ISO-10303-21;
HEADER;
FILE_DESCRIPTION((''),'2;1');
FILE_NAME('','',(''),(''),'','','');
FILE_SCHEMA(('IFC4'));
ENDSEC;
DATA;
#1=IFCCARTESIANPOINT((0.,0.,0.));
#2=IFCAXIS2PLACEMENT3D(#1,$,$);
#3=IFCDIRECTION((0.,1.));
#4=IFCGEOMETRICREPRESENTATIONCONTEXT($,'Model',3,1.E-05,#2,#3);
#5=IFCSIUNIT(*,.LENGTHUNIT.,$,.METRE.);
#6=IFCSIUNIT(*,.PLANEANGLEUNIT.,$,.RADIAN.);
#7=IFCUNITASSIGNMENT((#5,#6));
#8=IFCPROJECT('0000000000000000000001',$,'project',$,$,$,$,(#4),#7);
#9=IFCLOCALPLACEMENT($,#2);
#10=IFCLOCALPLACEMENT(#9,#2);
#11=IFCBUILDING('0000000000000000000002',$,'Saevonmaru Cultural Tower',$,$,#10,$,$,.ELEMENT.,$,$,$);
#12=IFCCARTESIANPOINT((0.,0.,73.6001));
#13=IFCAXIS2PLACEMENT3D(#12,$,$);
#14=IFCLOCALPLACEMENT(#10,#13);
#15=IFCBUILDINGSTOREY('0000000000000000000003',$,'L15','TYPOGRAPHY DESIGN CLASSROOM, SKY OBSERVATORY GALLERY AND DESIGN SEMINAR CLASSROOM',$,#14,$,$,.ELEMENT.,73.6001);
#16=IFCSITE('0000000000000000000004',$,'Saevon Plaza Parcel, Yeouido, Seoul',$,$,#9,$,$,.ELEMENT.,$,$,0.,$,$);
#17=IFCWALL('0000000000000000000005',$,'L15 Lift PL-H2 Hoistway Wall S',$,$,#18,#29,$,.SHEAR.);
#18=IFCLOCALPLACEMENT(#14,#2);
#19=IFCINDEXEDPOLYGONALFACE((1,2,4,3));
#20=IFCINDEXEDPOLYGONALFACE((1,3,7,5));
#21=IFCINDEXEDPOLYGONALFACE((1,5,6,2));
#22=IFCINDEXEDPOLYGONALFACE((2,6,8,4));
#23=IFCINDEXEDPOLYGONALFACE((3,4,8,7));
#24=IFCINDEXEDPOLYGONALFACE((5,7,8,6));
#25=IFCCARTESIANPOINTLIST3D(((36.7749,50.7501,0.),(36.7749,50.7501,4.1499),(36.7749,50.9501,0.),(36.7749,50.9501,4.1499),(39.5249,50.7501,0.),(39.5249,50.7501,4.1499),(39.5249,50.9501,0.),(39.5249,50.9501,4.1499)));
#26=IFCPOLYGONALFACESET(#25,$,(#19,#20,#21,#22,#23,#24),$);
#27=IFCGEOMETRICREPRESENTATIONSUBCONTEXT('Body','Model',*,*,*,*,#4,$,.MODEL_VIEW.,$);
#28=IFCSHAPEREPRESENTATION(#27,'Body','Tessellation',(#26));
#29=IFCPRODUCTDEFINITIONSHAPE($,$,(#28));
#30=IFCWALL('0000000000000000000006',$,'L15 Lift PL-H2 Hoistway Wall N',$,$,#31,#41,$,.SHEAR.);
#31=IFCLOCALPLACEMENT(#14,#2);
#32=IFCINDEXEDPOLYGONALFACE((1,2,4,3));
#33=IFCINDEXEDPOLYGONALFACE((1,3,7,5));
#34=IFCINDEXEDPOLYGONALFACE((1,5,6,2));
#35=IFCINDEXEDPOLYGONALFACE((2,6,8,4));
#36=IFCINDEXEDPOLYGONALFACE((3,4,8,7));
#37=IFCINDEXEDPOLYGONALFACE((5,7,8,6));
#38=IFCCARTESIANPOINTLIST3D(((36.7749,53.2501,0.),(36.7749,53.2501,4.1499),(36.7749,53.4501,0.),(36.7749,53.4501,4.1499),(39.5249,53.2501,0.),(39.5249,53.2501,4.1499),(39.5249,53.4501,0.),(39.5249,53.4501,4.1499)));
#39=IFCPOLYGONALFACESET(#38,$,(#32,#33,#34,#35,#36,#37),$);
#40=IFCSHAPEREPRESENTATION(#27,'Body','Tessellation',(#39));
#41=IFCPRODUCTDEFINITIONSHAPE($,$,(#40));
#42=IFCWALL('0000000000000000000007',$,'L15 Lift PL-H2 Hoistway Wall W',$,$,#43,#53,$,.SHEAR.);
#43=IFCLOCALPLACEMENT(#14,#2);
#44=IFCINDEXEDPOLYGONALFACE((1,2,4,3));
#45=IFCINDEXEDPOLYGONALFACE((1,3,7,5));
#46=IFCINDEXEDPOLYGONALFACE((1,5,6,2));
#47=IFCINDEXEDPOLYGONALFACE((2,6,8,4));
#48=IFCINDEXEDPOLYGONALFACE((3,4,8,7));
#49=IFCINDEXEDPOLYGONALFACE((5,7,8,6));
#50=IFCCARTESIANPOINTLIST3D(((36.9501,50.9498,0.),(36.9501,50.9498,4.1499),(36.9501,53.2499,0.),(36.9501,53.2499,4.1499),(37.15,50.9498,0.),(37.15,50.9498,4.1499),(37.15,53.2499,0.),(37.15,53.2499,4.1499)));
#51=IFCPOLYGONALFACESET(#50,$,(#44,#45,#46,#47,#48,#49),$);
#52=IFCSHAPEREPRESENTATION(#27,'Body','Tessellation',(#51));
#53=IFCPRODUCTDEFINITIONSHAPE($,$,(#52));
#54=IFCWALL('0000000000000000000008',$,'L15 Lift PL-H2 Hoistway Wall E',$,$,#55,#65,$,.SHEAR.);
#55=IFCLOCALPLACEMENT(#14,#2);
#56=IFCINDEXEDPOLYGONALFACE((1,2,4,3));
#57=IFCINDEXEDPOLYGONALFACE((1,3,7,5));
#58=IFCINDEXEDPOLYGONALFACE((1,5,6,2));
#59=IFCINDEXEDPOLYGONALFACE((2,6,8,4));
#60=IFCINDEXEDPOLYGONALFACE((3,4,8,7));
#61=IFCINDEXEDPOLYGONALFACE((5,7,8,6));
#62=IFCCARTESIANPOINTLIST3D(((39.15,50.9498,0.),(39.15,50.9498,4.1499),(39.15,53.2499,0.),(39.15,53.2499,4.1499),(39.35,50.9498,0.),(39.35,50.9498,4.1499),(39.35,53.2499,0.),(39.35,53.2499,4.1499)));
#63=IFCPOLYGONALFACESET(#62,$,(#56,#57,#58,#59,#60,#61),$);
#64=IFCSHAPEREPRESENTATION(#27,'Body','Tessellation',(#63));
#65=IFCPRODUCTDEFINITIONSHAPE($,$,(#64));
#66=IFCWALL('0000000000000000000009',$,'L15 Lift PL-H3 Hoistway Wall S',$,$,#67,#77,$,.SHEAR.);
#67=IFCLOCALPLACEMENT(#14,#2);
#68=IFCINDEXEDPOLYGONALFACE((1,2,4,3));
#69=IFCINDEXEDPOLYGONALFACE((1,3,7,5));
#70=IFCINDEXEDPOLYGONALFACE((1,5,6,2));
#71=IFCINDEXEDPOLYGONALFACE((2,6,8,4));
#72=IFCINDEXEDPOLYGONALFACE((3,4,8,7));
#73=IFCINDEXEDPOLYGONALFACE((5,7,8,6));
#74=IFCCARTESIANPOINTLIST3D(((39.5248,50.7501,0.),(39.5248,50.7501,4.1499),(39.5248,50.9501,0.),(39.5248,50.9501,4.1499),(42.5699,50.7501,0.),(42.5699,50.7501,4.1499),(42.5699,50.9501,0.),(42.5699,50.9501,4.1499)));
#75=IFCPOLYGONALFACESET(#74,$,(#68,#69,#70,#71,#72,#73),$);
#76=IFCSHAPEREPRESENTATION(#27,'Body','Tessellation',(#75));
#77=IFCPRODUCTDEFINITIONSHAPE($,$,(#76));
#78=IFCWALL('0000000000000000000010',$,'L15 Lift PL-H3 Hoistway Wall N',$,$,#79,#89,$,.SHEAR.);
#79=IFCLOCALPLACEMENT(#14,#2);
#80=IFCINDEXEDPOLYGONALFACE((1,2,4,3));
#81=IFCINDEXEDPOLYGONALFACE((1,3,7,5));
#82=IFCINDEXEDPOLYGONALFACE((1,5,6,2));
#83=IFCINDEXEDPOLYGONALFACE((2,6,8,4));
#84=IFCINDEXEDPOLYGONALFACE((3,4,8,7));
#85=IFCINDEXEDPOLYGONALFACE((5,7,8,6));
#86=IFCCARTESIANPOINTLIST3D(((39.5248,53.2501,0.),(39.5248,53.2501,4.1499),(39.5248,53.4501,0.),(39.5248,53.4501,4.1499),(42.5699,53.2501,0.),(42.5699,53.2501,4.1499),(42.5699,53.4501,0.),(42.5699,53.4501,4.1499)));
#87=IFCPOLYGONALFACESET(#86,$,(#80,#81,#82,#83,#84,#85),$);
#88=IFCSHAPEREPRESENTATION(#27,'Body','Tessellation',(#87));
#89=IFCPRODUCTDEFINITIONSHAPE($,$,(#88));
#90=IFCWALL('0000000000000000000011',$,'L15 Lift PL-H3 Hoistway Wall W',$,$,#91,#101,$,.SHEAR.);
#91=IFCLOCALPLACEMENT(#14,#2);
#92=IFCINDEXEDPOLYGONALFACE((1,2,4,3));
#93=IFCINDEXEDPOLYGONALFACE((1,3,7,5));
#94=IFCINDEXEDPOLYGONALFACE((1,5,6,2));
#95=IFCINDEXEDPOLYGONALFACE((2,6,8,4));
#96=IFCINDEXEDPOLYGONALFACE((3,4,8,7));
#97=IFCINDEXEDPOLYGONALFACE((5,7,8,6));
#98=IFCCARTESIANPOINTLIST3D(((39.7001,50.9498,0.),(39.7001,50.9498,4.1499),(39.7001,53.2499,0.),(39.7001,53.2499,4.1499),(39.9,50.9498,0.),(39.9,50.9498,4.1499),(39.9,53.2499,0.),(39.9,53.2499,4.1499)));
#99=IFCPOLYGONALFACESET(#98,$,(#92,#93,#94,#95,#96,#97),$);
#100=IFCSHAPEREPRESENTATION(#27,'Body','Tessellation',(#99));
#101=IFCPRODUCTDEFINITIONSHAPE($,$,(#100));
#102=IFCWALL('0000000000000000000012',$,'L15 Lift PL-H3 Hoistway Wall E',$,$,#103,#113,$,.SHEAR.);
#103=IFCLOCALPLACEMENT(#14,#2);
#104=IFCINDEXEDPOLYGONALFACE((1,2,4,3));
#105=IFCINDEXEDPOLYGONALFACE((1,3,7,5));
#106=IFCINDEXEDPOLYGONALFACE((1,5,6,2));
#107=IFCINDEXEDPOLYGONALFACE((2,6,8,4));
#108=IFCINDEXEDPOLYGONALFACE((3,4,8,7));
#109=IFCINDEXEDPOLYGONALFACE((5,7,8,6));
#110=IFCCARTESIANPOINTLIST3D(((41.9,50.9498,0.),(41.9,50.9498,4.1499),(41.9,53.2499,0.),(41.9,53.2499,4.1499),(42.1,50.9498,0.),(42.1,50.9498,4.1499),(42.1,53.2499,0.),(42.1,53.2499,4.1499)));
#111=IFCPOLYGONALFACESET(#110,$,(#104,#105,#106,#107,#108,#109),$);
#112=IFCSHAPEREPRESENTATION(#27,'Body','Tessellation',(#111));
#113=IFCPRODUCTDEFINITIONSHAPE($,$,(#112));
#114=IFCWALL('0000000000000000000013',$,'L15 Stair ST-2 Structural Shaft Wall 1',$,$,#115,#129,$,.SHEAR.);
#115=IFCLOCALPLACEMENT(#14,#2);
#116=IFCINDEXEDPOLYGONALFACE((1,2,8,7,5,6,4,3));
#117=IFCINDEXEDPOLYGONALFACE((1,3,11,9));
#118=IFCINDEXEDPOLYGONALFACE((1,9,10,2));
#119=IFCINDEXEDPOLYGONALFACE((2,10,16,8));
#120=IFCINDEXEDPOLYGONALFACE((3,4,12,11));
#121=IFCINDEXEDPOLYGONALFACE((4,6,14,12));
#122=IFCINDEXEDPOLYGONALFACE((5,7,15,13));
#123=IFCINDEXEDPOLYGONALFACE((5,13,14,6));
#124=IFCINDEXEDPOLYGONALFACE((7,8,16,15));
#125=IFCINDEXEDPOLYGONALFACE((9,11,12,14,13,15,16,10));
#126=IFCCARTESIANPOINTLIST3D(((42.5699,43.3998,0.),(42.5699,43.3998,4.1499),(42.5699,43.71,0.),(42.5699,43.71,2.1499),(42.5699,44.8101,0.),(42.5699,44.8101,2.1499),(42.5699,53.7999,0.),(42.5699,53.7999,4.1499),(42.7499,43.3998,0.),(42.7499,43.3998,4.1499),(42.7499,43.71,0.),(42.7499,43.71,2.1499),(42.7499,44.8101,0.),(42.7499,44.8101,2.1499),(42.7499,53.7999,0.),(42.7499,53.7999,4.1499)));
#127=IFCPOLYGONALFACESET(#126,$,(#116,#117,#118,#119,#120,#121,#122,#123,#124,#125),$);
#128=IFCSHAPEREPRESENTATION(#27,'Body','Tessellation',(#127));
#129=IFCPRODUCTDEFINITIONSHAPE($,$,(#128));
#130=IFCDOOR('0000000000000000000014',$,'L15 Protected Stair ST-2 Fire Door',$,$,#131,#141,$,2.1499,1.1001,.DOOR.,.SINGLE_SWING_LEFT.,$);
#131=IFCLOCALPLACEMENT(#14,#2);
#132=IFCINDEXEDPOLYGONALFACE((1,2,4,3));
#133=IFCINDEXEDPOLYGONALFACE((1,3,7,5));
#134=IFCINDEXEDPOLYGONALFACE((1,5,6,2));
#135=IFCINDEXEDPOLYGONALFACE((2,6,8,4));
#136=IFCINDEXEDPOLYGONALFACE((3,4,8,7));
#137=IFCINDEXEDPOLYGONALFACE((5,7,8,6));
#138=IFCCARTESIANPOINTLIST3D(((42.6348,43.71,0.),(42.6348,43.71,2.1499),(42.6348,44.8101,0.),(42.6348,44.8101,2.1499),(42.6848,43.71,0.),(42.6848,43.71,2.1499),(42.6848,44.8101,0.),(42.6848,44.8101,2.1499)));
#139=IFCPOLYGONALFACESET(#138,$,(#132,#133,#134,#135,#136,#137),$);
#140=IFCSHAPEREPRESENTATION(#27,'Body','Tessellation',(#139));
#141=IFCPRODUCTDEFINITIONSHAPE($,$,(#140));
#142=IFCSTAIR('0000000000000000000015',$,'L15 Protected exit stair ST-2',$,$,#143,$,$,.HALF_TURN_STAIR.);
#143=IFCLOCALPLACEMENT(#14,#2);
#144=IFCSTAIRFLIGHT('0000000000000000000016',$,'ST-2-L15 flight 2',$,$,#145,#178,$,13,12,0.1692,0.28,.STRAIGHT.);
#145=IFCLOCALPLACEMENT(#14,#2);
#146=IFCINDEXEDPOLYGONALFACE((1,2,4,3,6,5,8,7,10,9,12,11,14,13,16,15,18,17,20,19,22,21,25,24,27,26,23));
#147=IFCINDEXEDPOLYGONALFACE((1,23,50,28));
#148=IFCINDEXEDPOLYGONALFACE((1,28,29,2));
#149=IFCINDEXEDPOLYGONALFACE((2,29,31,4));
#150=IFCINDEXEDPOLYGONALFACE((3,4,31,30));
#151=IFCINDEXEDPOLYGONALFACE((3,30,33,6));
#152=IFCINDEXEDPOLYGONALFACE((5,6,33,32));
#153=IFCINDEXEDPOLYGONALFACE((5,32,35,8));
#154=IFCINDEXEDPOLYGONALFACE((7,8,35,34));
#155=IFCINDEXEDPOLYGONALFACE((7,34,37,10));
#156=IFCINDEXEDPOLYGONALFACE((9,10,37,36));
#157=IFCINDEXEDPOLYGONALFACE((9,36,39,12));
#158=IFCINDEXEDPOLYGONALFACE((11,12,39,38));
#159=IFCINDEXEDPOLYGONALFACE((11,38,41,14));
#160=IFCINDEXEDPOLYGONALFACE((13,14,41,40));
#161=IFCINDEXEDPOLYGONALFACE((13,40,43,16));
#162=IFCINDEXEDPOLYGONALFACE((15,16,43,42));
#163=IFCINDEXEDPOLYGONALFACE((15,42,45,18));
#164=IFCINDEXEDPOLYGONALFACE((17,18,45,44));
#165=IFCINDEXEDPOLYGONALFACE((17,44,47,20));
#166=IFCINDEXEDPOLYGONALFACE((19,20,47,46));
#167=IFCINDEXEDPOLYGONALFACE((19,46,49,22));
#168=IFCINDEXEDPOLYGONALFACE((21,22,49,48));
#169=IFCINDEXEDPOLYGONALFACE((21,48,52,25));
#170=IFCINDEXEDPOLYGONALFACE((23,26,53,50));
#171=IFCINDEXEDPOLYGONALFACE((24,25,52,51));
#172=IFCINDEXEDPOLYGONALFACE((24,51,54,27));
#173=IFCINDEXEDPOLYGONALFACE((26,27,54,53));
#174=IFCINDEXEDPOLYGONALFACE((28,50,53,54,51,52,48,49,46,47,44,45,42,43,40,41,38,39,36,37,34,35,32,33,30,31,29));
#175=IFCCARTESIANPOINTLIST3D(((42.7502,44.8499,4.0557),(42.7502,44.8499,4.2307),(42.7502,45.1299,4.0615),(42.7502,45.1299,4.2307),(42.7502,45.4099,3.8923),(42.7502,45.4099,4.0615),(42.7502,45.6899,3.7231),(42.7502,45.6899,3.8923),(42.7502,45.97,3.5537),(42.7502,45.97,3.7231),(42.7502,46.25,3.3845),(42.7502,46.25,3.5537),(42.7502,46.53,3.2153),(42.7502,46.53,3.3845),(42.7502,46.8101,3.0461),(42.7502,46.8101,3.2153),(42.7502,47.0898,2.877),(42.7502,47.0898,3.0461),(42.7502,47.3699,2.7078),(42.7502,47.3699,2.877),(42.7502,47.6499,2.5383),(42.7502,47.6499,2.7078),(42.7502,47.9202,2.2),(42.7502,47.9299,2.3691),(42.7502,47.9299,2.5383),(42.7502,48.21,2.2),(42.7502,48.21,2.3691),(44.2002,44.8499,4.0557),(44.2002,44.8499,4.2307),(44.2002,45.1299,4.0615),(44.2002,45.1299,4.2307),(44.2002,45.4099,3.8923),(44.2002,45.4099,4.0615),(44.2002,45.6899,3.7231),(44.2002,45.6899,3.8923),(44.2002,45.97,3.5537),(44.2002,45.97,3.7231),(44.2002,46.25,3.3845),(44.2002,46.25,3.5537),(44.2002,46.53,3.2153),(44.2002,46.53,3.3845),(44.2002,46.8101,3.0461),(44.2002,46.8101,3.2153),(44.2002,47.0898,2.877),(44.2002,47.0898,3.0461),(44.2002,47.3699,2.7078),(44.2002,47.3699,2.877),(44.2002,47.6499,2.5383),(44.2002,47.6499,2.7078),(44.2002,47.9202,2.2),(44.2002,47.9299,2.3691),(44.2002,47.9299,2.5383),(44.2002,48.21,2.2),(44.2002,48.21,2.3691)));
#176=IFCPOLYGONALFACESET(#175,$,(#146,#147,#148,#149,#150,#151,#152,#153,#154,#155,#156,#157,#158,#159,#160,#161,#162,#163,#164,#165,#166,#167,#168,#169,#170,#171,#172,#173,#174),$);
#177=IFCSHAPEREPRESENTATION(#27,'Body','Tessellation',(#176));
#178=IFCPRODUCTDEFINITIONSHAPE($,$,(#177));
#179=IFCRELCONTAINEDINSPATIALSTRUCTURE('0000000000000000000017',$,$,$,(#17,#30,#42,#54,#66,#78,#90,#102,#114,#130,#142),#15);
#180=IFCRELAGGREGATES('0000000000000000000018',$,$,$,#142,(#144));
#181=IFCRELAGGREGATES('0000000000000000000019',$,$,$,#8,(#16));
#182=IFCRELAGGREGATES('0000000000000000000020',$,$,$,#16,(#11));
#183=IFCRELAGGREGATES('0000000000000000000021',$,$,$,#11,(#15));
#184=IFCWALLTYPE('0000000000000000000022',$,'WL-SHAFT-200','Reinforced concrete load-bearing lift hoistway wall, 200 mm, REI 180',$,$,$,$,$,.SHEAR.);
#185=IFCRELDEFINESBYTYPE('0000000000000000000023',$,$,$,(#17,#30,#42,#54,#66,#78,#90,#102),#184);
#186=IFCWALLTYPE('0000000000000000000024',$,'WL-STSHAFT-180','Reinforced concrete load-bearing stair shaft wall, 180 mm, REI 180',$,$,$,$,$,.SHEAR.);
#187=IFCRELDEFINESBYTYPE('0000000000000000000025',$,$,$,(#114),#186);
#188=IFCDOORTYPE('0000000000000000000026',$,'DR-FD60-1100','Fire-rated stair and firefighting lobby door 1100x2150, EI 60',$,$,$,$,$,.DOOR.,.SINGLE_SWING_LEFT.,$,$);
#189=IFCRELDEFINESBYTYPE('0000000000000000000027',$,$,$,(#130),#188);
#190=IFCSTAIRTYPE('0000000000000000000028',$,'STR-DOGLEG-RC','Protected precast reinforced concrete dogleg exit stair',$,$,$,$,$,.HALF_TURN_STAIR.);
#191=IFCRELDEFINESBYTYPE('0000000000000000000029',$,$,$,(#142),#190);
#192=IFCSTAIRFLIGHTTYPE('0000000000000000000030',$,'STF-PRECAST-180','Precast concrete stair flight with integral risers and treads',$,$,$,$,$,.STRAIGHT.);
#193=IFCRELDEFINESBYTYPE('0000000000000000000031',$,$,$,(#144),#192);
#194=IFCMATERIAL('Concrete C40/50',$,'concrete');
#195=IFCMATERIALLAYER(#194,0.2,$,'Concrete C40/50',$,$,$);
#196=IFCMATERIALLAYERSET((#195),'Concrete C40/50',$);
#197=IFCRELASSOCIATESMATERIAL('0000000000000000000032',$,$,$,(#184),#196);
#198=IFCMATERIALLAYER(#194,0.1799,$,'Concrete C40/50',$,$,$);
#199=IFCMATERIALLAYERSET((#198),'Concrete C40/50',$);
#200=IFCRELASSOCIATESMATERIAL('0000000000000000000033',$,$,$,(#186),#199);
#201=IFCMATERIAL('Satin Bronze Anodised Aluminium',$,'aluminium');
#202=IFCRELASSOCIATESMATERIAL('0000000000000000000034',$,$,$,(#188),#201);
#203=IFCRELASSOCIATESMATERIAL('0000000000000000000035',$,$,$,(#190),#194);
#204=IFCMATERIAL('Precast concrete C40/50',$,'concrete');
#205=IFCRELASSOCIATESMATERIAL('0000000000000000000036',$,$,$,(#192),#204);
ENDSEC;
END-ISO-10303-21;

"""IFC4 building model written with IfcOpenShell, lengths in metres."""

from ifc_helpers import new_model, si_unit, direction, frame, frame_2d, origin, place, context, subcontext, project, spatial, polyline, rectangle, outline, extrude, material, layer, layer_set, type_object, element, fill, aggregate, save


model = new_model("IFC4")

# Units and contexts
model_context = context("Model", 3, precision=1e-05, world=origin(), true_north=direction((0.0, 1.0)))
body_context = subcontext(model_context, "Body", "Model", "MODEL_VIEW")
ifc_project = project(units=[si_unit("LENGTHUNIT", "METRE"), si_unit("PLANEANGLEUNIT", "RADIAN")], contexts=[model_context])

# Site, building, storey
site_placement = place(None, origin())
site = spatial("IfcSite", under=ifc_project, at=site_placement, Name="Saevon Plaza Parcel, Yeouido, Seoul", CompositionType="ELEMENT", RefElevation=0.0)
building_placement = place(site_placement, origin())
building = spatial("IfcBuilding", under=site, at=building_placement, Name="Saevonmaru Cultural Tower", CompositionType="ELEMENT")
storey_placement = place(building_placement, frame((0.0, 0.0, 73.6001)))
storey = spatial("IfcBuildingStorey", under=building, at=storey_placement, Name="L15", Description="TYPOGRAPHY DESIGN CLASSROOM, SKY OBSERVATORY GALLERY AND DESIGN SEMINAR CLASSROOM", CompositionType="ELEMENT", Elevation=73.6001)

# Shared definitions
ifc_material_1 = material(Name="Satin Bronze Anodised Aluminium", Category="aluminium")

# Shared definitions
ifc_material_2 = material(Name="Concrete C40/50", Category="concrete")
ifc_layer_1 = layer(ifc_material_2, 0.2, Name="Concrete C40/50")
ifc_layer_set_1 = layer_set([ifc_layer_1], Name="Concrete C40/50")
wall_type_1 = type_object("IfcWallType", Name="WL-SHAFT-200", Description="Reinforced concrete load-bearing lift hoistway wall, 200 mm, REI 180", PredefinedType="SHEAR", material=ifc_layer_set_1)

# Walls
for number, where, z_axis, x_axis, name in (
    (1, (36.7749, 50.8501, 0.0), (0.0, 0.0, 1.0), (1.0, 0.0, 0.0), "L15 Lift PL-H2 Hoistway Wall S"),
    (2, (36.7749, 53.3501, 0.0), (0.0, 0.0, 1.0), (1.0, 0.0, 0.0), "L15 Lift PL-H2 Hoistway Wall N"),
):
    element("IfcWall", number, at=place(storey_placement, frame(where, z_axis=z_axis, x_axis=x_axis)), inside=storey, type_object=wall_type_1, Name=name, PredefinedType="SHEAR", context=body_context, shape_type="SweptSolid", body=[
        extrude(rectangle(XDim=2.75, YDim=0.2, at=frame_2d((1.375, 0.0))), origin(), (0.0, 0.0, 1.0), 4.1499),
    ])
for number, where, z_axis, x_axis, name in (
    (3, (37.05, 50.95, 0.0), (0.0, 0.0, 1.0), (0.0, 1.0, 0.0), "L15 Lift PL-H2 Hoistway Wall W"),
    (4, (39.25, 50.95, 0.0), (0.0, 0.0, 1.0), (0.0, 1.0, 0.0), "L15 Lift PL-H2 Hoistway Wall E"),
):
    element("IfcWall", number, at=place(storey_placement, frame(where, z_axis=z_axis, x_axis=x_axis)), inside=storey, type_object=wall_type_1, Name=name, PredefinedType="SHEAR", context=body_context, shape_type="SweptSolid", body=[
        extrude(rectangle(XDim=2.3, YDim=0.2, at=frame_2d((1.1499, 0.0))), origin(), (0.0, 0.0, 1.0), 4.1499),
    ])
for number, where, z_axis, x_axis, name in (
    (5, (39.5249, 50.8501, 0.0), (0.0, 0.0, 1.0), (1.0, 0.0, 0.0), "L15 Lift PL-H3 Hoistway Wall S"),
    (6, (39.5249, 53.3501, 0.0), (0.0, 0.0, 1.0), (1.0, 0.0, 0.0), "L15 Lift PL-H3 Hoistway Wall N"),
):
    element("IfcWall", number, at=place(storey_placement, frame(where, z_axis=z_axis, x_axis=x_axis)), inside=storey, type_object=wall_type_1, Name=name, PredefinedType="SHEAR", context=body_context, shape_type="SweptSolid", body=[
        extrude(rectangle(XDim=3.0452, YDim=0.2, at=frame_2d((1.5225, 0.0))), origin(), (0.0, 0.0, 1.0), 4.1499),
    ])
for number, where, z_axis, x_axis, name in (
    (7, (39.8, 50.95, 0.0), (0.0, 0.0, 1.0), (0.0, 1.0, 0.0), "L15 Lift PL-H3 Hoistway Wall W"),
    (8, (42.0, 50.95, 0.0), (0.0, 0.0, 1.0), (0.0, 1.0, 0.0), "L15 Lift PL-H3 Hoistway Wall E"),
):
    element("IfcWall", number, at=place(storey_placement, frame(where, z_axis=z_axis, x_axis=x_axis)), inside=storey, type_object=wall_type_1, Name=name, PredefinedType="SHEAR", context=body_context, shape_type="SweptSolid", body=[
        extrude(rectangle(XDim=2.3, YDim=0.2, at=frame_2d((1.1499, 0.0))), origin(), (0.0, 0.0, 1.0), 4.1499),
    ])

# Wall, opening, door
ifc_layer_2 = layer(ifc_material_2, 0.1799, Name="Concrete C40/50")
ifc_layer_set_2 = layer_set([ifc_layer_2], Name="Concrete C40/50")
wall_type_2 = type_object("IfcWallType", Name="WL-STSHAFT-180", Description="Reinforced concrete load-bearing stair shaft wall, 180 mm, REI 180", PredefinedType="SHEAR", material=ifc_layer_set_2)
wall_1_placement = place(storey_placement, frame((42.6599, 53.8, 0.0), z_axis=(0.0, 0.0, 1.0), x_axis=(0.0, -1.0, 0.0)))
wall_1 = element("IfcWall", 9, at=wall_1_placement, inside=storey, type_object=wall_type_2, Name="L15 Stair ST-2 Structural Shaft Wall 1", PredefinedType="SHEAR", context=body_context, shape_type="SweptSolid", body=[
    extrude(rectangle(XDim=10.4001, YDim=0.1799, at=frame_2d((5.2002, 0.0))), origin(), (0.0, 0.0, 1.0), 4.1499),
])
opening_1_placement = place(wall_1_placement, frame((8.99, 0.0, 0.0)))
opening_1 = element("IfcOpeningElement", 10, at=opening_1_placement, cuts=wall_1, PredefinedType="OPENING", context=body_context, shape_type="SweptSolid", body=[
    extrude(rectangle(XDim=1.1001, YDim=2.1499, at=frame_2d((0.55, 1.075))), frame((0.0, 0.1001, 0.0), z_axis=(0.0, -1.0, 0.0), x_axis=(1.0, 0.0, 0.0)), (0.0, 0.0, 1.0), 0.2),
])
door_type_1 = type_object("IfcDoorType", Name="DR-FD60-1100", Description="Fire-rated stair and firefighting lobby door 1100x2150, EI 60", OperationType="SINGLE_SWING_LEFT", PredefinedType="DOOR", material=ifc_material_1)
door_1_placement = place(opening_1_placement, origin())
door_1 = element("IfcDoor", 11, at=door_1_placement, inside=storey, type_object=door_type_1, Name="L15 Protected Stair ST-2 Fire Door", OperationType="SINGLE_SWING_LEFT", OverallHeight=2.1499, OverallWidth=1.1001, PredefinedType="DOOR", context=body_context, shape_type="SweptSolid", body=[
    extrude(rectangle(XDim=1.1001, YDim=2.1499, at=frame_2d((0.55, 1.075))), frame((0.0, 0.0249, 0.0), z_axis=(0.0, -1.0, 0.0), x_axis=(1.0, 0.0, 0.0)), (0.0, 0.0, 1.0), 0.05),
])
fill(opening_1, door_1)

# Stair, stair flight
stair_type = type_object("IfcStairType", Name="STR-DOGLEG-RC", Description="Protected precast reinforced concrete dogleg exit stair", PredefinedType="HALF_TURN_STAIR", material=ifc_material_2)
stair_placement = place(storey_placement, origin())
stair = element("IfcStair", 12, at=stair_placement, inside=storey, type_object=stair_type, Name="L15 Protected exit stair ST-2", PredefinedType="HALF_TURN_STAIR")
ifc_material_3 = material(Name="Precast concrete C40/50", Category="concrete")
stair_flight_type = type_object("IfcStairFlightType", Name="STF-PRECAST-180", Description="Precast concrete stair flight with integral risers and treads", PredefinedType="STRAIGHT", material=ifc_material_3)
stair_flight_placement = place(storey_placement, frame((43.4751, 48.21, 2.2), z_axis=(0.0, 0.0, 1.0), x_axis=(0.0, -1.0, 0.0)))
stair_flight = element("IfcStairFlight", 13, at=stair_flight_placement, type_object=stair_flight_type, Name="ST-2-L15 flight 2", NumberOfRisers=13, NumberOfTreads=12, PredefinedType="STRAIGHT", RiserHeight=0.1692, TreadLength=0.28, context=body_context, shape_type="SweptSolid", body=[
    extrude(outline(polyline([(0.0, 0.0), (0.0, 0.1692), (0.28, 0.1692), (0.28, 0.3384), (0.5601, 0.3384), (0.5601, 0.5078), (0.8401, 0.5078), (0.8401, 0.677), (1.1201, 0.677), (1.1201, 0.8462), (1.3999, 0.8462), (1.3999, 1.0154), (1.6799, 1.0154), (1.6799, 1.1846), (1.96, 1.1846), (1.96, 1.3538), (2.24, 1.3538), (2.24, 1.5232), (2.52, 1.5232), (2.52, 1.6924), (2.8, 1.6924), (2.8, 1.8616), (3.0801, 1.8616), (3.0801, 2.0308), (3.3601, 2.0308), (3.3601, 2.2), (3.3601, 1.8557), (0.2898, 0.0), (0.0, 0.0)])), frame((0.0, 0.7251, 0.0), z_axis=(0.0, -1.0, 0.0), x_axis=(1.0, 0.0, 0.0)), (0.0, 0.0, 1.0), 1.45),
])
aggregate(stair, [stair_flight])

save(model, "model.ifc")
